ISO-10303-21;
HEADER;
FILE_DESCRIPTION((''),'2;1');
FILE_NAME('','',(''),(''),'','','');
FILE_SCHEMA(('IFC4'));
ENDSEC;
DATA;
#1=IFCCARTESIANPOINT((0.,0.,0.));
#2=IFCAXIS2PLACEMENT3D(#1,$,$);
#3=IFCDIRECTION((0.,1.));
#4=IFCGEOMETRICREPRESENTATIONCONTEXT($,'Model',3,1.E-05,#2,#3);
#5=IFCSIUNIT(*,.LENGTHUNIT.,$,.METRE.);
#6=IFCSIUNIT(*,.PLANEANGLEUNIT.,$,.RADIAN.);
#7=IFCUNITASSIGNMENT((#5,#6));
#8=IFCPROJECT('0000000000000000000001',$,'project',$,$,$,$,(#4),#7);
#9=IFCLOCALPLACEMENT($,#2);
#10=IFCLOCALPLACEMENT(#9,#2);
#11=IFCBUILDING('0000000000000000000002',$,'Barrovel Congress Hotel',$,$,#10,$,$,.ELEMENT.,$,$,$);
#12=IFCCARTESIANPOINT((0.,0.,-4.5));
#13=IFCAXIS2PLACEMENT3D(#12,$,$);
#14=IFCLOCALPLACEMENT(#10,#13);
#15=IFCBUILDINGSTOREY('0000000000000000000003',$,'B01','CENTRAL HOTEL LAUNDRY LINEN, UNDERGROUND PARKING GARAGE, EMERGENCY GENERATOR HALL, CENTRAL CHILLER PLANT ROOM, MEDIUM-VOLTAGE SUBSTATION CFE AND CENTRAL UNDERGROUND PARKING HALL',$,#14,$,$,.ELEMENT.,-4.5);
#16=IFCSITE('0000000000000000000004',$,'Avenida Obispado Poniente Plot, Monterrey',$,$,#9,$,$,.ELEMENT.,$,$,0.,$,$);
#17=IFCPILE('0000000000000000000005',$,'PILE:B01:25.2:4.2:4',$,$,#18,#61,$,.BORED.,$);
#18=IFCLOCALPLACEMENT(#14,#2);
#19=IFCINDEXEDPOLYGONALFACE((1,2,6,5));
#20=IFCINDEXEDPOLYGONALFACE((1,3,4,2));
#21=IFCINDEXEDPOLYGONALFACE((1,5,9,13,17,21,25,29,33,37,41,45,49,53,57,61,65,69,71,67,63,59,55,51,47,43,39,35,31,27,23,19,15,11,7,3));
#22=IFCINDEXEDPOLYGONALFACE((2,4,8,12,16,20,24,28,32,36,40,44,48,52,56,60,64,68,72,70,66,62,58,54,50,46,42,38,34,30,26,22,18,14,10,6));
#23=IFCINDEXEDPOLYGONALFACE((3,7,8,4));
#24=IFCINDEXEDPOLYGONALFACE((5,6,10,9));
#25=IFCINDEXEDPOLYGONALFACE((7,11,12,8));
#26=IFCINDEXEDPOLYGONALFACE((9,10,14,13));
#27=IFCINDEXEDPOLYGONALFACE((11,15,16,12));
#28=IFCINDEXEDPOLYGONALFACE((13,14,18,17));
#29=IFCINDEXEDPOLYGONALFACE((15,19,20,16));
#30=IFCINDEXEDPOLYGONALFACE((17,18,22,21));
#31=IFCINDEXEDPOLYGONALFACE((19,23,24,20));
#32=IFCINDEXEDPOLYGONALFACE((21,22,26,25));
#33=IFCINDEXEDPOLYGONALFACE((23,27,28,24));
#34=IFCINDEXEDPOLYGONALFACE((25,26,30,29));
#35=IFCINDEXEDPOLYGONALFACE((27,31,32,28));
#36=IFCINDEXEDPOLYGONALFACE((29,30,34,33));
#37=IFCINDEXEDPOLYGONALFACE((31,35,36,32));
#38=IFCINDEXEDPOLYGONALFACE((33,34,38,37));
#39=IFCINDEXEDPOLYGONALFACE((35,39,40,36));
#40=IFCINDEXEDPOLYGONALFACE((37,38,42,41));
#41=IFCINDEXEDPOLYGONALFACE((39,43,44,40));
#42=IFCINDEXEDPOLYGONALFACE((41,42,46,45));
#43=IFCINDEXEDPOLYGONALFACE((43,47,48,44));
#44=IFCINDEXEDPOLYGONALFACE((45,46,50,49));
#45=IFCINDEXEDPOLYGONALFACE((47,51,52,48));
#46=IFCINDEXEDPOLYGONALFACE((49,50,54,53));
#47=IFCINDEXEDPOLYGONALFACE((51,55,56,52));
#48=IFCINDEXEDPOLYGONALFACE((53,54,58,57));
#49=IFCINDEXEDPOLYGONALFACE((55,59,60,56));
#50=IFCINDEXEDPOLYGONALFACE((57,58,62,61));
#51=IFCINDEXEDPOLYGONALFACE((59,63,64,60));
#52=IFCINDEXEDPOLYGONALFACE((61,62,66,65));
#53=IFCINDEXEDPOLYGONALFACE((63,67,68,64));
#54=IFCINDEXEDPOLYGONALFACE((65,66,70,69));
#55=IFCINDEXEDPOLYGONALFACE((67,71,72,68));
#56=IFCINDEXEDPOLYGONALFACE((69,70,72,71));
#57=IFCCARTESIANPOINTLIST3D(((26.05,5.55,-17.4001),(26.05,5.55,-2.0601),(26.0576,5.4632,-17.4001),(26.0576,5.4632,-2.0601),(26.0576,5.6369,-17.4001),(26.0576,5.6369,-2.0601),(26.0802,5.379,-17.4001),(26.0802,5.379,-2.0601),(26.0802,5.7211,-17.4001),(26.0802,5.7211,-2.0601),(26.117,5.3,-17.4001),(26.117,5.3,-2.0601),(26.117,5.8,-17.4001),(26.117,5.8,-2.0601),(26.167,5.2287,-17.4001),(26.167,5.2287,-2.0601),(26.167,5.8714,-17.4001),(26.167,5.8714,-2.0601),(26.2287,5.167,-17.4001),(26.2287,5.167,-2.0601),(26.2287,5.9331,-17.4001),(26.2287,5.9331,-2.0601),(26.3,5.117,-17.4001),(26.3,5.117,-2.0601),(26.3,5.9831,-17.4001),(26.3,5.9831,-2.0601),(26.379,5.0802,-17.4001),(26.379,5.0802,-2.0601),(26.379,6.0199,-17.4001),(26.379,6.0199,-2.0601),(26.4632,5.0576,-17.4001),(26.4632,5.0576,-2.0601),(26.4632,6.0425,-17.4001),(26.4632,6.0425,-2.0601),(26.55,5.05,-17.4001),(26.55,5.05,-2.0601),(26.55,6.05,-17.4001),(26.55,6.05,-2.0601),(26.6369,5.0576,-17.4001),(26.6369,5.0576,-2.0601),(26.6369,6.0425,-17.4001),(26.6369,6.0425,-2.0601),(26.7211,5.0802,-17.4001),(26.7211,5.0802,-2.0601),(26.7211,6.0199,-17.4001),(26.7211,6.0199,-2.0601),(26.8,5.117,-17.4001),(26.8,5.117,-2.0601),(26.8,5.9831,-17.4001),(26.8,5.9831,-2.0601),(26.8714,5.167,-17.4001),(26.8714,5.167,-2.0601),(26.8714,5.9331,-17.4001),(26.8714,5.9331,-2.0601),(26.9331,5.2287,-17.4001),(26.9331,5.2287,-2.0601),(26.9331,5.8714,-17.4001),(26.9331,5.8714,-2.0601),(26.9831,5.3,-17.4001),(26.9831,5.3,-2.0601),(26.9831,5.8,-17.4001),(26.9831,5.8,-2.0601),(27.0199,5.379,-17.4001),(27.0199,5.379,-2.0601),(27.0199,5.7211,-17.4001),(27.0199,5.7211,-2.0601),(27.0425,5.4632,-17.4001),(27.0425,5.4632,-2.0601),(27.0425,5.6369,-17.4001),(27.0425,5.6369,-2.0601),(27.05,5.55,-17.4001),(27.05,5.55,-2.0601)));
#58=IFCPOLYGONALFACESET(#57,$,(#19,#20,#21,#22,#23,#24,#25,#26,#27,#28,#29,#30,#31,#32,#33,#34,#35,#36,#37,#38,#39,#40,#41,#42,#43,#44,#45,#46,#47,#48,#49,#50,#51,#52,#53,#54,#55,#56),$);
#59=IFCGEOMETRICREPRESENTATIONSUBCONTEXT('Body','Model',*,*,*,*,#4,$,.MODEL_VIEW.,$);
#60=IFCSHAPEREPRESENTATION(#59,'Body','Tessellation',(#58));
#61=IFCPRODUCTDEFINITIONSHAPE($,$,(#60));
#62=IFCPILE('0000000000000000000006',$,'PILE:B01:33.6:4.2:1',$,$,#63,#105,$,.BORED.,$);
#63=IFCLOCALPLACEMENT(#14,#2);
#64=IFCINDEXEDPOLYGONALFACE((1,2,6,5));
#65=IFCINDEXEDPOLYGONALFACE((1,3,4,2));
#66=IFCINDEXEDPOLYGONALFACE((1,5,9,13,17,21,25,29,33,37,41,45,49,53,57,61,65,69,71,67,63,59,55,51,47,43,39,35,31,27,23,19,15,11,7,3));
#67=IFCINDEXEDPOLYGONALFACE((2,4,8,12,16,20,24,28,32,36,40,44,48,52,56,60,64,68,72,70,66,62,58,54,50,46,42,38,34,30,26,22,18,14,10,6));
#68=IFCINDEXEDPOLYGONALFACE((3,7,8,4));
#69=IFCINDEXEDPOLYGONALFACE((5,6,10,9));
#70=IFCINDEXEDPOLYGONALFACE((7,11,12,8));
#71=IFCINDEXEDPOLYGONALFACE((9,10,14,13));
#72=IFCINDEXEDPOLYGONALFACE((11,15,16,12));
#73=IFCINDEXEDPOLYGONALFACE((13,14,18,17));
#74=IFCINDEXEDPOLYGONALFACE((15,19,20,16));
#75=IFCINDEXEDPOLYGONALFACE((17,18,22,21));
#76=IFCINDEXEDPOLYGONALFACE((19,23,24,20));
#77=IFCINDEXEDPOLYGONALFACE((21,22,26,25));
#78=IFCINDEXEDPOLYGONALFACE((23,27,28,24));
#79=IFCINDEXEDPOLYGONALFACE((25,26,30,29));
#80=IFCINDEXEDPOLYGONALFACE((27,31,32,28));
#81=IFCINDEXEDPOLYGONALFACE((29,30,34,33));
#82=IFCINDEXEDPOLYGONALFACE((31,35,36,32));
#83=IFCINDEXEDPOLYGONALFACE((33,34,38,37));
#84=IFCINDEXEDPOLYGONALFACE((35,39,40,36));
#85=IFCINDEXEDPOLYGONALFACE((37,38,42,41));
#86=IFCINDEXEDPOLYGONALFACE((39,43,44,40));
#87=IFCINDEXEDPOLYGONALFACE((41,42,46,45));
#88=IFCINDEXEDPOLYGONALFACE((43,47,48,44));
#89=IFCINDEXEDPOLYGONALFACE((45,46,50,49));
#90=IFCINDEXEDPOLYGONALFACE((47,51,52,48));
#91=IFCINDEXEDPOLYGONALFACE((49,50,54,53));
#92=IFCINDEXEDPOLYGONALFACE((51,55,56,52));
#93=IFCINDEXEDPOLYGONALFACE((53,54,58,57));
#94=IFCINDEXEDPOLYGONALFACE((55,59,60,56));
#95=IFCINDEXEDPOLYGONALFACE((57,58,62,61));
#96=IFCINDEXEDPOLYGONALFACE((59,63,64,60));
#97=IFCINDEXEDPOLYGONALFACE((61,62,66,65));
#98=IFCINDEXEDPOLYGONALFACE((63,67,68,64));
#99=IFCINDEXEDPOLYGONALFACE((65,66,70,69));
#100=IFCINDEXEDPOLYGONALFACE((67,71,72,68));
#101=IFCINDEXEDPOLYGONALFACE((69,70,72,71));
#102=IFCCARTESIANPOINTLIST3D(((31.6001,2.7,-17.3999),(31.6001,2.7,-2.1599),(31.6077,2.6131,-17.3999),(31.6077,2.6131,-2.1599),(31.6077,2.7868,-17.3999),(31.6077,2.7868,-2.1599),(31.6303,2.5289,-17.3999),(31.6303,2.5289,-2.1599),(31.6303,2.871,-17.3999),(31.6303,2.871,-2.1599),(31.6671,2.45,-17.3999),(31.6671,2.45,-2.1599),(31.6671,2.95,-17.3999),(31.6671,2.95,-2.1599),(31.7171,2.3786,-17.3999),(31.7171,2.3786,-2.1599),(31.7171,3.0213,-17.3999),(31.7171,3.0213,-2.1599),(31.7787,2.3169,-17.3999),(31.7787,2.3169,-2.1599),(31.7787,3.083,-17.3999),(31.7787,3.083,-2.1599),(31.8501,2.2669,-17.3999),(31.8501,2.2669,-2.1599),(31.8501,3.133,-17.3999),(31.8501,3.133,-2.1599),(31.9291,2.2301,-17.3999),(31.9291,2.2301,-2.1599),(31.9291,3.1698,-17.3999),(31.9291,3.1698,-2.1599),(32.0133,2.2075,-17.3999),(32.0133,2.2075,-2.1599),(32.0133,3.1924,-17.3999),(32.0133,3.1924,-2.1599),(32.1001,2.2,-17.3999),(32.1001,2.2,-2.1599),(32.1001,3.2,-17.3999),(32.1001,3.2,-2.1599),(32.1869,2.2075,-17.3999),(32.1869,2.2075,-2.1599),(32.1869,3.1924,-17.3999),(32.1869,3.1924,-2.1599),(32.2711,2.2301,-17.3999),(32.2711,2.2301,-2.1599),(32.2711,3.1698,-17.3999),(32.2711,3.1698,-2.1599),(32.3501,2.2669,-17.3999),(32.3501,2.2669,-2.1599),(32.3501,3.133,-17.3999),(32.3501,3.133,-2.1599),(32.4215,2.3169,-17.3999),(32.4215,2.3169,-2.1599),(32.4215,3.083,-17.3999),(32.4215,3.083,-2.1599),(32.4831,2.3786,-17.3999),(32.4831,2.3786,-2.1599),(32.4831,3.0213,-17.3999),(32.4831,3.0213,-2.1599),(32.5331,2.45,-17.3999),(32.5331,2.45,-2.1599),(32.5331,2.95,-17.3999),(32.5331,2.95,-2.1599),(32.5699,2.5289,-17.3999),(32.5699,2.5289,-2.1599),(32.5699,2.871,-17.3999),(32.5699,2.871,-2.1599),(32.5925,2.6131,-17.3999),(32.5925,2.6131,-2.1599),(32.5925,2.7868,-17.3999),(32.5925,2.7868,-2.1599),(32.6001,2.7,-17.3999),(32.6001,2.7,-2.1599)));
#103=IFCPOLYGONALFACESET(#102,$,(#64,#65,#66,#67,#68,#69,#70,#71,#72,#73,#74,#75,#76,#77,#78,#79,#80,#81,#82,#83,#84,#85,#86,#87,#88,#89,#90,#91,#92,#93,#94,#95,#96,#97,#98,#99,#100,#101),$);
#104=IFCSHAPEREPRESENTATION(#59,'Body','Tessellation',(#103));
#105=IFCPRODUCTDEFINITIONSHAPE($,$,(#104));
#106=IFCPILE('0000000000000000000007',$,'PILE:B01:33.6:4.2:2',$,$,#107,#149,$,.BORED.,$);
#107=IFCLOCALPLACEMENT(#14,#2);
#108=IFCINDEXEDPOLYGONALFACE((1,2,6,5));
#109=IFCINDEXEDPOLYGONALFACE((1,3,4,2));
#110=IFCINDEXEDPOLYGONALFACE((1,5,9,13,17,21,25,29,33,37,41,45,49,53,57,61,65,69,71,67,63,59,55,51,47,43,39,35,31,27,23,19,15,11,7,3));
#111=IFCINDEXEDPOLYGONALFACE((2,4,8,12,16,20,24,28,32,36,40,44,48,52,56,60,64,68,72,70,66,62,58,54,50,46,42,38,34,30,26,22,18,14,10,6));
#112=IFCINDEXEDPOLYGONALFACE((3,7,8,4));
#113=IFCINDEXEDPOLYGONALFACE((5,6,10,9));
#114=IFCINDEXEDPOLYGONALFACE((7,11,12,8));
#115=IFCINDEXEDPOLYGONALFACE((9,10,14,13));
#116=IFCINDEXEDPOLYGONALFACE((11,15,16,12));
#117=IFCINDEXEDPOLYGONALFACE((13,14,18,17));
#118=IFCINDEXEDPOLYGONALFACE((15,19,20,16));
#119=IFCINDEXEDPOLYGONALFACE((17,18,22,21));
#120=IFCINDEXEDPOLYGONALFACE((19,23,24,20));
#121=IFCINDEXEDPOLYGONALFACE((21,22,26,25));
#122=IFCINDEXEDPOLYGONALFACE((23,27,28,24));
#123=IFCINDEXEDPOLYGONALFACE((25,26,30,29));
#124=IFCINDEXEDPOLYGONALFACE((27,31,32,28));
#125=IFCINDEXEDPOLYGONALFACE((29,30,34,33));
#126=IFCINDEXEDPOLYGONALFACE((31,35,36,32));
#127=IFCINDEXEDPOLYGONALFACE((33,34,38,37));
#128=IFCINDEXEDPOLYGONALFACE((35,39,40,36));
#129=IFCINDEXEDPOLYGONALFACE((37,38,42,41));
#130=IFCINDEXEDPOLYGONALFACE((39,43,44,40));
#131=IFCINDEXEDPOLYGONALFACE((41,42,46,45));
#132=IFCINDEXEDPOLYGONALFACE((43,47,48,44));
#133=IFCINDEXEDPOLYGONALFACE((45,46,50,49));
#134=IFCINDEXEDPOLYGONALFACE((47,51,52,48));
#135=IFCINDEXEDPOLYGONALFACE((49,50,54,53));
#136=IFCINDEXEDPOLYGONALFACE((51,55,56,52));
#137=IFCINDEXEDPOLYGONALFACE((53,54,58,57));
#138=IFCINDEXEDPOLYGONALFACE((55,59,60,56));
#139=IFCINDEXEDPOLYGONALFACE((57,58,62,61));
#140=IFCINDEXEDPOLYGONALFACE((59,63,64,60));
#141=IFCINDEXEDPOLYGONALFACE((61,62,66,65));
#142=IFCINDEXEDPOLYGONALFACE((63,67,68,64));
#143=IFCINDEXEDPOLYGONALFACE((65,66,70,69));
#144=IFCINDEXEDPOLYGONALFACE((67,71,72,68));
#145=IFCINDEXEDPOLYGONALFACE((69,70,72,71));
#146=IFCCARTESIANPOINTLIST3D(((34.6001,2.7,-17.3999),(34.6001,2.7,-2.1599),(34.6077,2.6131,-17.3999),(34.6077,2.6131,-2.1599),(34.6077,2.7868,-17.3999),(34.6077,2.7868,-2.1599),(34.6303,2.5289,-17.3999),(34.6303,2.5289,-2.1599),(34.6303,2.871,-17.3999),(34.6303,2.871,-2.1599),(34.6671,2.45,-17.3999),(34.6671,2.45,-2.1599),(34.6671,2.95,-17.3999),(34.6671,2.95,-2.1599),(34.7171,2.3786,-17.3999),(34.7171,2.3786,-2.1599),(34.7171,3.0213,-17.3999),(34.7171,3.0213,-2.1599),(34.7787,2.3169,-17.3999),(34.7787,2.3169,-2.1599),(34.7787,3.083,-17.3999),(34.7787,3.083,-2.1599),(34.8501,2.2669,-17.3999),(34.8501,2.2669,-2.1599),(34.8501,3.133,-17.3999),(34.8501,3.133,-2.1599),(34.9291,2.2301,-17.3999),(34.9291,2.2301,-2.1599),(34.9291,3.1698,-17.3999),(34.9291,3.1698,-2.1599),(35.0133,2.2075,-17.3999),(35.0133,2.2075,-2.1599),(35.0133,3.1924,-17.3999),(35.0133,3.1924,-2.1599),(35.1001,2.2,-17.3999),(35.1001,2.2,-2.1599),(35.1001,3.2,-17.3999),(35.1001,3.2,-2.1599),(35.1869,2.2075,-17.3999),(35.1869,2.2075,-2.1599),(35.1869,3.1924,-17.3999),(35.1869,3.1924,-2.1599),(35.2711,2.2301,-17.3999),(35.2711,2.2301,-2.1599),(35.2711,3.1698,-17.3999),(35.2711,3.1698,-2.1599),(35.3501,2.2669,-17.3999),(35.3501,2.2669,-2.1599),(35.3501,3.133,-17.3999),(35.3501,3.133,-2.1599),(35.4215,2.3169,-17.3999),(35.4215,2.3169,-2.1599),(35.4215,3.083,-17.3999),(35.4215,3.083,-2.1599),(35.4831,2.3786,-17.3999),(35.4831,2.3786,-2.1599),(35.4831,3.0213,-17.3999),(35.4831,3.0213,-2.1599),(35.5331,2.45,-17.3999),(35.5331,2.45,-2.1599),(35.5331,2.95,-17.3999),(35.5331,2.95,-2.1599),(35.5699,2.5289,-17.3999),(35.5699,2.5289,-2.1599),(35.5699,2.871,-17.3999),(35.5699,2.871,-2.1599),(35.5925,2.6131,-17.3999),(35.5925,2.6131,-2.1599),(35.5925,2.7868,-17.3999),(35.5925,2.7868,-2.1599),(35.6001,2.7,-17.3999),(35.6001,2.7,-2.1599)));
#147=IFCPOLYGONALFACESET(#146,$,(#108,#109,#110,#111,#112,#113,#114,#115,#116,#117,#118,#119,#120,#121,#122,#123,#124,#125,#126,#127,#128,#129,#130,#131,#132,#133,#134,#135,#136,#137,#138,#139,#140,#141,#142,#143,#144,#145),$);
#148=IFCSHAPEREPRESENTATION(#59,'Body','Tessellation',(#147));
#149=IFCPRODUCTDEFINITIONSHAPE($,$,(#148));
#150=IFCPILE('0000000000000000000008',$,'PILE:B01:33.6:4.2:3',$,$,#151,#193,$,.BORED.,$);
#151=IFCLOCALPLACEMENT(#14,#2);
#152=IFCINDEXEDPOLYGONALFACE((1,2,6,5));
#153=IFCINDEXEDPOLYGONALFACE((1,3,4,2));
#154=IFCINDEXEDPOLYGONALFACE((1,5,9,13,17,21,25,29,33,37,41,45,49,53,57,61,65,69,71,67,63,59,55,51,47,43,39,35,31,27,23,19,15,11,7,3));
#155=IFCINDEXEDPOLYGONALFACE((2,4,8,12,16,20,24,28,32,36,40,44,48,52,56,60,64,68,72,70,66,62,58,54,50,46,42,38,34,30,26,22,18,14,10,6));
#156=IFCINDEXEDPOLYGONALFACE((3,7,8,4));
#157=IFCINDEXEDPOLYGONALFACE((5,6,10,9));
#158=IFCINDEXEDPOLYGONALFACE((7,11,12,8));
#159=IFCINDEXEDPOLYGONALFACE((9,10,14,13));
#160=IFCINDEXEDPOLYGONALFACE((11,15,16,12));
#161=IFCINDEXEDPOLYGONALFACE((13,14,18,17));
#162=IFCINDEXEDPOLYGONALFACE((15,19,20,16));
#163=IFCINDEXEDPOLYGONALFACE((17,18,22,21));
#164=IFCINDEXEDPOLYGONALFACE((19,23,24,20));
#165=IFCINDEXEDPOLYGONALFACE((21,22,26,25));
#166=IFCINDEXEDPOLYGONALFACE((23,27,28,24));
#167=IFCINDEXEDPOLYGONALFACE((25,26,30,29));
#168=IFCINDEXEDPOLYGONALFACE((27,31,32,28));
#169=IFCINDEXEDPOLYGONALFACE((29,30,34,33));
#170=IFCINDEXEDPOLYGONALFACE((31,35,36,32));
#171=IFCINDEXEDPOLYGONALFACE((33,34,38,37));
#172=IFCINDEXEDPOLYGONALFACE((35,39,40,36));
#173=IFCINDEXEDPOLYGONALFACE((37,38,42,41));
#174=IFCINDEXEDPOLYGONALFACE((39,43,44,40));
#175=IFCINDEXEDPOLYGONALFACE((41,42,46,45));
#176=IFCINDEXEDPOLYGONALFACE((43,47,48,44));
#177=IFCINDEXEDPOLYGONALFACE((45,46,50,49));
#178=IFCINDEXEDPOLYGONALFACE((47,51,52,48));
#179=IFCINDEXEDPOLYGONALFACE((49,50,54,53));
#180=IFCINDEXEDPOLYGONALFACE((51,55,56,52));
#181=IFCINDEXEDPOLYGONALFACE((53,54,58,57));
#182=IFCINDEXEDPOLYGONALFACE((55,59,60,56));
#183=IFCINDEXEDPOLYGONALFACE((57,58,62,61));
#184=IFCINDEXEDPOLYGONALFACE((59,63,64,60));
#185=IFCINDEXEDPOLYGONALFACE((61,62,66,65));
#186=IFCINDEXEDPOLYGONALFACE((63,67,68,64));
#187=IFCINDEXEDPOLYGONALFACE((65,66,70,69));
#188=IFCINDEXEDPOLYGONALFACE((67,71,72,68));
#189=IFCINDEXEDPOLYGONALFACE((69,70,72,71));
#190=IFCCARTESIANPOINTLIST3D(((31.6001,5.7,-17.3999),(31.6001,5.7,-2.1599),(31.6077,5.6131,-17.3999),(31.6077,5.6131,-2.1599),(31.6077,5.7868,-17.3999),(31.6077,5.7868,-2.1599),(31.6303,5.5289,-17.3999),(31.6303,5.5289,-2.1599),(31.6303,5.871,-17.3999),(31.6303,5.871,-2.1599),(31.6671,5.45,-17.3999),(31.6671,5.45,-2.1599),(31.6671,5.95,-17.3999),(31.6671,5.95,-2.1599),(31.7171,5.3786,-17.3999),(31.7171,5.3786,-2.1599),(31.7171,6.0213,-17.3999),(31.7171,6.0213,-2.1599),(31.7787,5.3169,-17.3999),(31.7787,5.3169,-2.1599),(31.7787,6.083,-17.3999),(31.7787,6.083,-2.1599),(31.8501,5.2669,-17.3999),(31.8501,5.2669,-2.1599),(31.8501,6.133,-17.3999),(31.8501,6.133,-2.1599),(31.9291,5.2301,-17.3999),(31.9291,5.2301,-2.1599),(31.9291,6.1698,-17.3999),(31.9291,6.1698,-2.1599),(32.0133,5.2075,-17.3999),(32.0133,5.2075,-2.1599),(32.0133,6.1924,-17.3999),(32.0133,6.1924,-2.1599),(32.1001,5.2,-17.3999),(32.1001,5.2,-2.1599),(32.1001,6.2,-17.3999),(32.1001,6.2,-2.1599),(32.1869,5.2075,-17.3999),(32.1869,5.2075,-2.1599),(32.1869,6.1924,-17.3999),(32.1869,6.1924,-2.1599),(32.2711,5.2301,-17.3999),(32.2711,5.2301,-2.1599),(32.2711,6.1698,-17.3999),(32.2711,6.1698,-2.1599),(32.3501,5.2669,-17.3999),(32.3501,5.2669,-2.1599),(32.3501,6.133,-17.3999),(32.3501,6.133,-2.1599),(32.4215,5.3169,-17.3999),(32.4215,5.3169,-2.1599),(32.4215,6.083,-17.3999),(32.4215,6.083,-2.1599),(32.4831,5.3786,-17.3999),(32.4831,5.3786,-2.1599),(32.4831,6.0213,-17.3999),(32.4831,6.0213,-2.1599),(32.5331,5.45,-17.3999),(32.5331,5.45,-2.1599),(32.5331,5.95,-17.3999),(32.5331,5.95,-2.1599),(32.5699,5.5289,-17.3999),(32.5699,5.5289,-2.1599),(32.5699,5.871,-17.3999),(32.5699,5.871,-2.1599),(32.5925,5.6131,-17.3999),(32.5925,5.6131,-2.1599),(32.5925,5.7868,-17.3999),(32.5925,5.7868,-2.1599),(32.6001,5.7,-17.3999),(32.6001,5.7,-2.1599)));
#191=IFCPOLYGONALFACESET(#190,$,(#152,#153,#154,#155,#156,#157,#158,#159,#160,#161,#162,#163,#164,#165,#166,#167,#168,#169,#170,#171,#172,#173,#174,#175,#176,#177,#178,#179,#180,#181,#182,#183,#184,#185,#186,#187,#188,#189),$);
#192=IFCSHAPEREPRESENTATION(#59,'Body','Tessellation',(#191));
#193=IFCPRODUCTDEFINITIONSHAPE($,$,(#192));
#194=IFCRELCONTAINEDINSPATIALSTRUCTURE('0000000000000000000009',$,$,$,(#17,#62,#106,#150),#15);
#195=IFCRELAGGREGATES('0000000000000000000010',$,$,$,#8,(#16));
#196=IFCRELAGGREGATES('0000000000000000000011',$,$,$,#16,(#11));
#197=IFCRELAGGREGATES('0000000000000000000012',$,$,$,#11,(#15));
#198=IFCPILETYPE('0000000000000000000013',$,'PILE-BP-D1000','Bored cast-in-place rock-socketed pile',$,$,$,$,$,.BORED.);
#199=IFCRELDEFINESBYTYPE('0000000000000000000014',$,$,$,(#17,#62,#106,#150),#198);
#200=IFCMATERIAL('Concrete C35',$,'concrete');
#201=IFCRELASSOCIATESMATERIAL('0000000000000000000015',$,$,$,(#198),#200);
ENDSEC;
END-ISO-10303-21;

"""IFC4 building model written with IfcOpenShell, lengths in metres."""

from ifc_helpers import new_model, si_unit, direction, frame, origin, origin_2d, place, context, subcontext, project, spatial, circle, extrude, material, material_profile, profile_set, type_object, element, save


model = new_model("IFC4")

# Units and contexts
model_context = context("Model", 3, precision=1e-05, world=origin(), true_north=direction((0.0, 1.0)))
body_context = subcontext(model_context, "Body", "Model", "MODEL_VIEW")
ifc_project = project(units=[si_unit("LENGTHUNIT", "METRE"), si_unit("PLANEANGLEUNIT", "RADIAN")], contexts=[model_context])

# Site, building, storey
site_placement = place(None, origin())
site = spatial("IfcSite", under=ifc_project, at=site_placement, Name="Avenida Obispado Poniente Plot, Monterrey", CompositionType="ELEMENT", RefElevation=0.0)
building_placement = place(site_placement, origin())
building = spatial("IfcBuilding", under=site, at=building_placement, Name="Barrovel Congress Hotel", CompositionType="ELEMENT")
storey_placement = place(building_placement, frame((0.0, 0.0, -4.5)))
storey = spatial("IfcBuildingStorey", under=building, at=storey_placement, Name="B01", Description="CENTRAL HOTEL LAUNDRY LINEN, UNDERGROUND PARKING GARAGE, EMERGENCY GENERATOR HALL, CENTRAL CHILLER PLANT ROOM, MEDIUM-VOLTAGE SUBSTATION CFE AND CENTRAL UNDERGROUND PARKING HALL", CompositionType="ELEMENT", Elevation=-4.5)

# Piles
ifc_material_1 = material(Name="Concrete C35", Category="concrete")
ifc_material_profile_1 = material_profile(ifc_material_1, circle(Radius=0.5, at=origin_2d()), Name="BP-D1000")
ifc_profile_set_1 = profile_set([ifc_material_profile_1], Name="Concrete C35")
pile_type_1 = type_object("IfcPileType", Name="PILE-BP-D1000", Description="Bored cast-in-place rock-socketed pile", PredefinedType="BORED", material=ifc_profile_set_1)
for number, where, z_axis, x_axis, name in (
    (1, (26.55, 5.55, -2.0601), (0.0, 0.0, -1.0), (1.0, 0.0, 0.0), "PILE:B01:25.2:4.2:4"),
):
    element("IfcPile", number, at=place(storey_placement, frame(where, z_axis=z_axis, x_axis=x_axis)), inside=storey, type_object=pile_type_1, Name=name, PredefinedType="BORED", context=body_context, shape_type="SweptSolid", body=[
        extrude(circle(Radius=0.5, at=origin_2d()), origin(), (0.0, 0.0, 1.0), 15.3401),
    ])
for number, where, z_axis, x_axis, name in (
    (2, (32.1001, 2.7, -2.1599), (0.0, 0.0, -1.0), (1.0, 0.0, 0.0), "PILE:B01:33.6:4.2:1"),
    (3, (35.1001, 2.7, -2.1599), (0.0, 0.0, -1.0), (1.0, 0.0, 0.0), "PILE:B01:33.6:4.2:2"),
    (4, (32.1001, 5.7, -2.1599), (0.0, 0.0, -1.0), (1.0, 0.0, 0.0), "PILE:B01:33.6:4.2:3"),
):
    element("IfcPile", number, at=place(storey_placement, frame(where, z_axis=z_axis, x_axis=x_axis)), inside=storey, type_object=pile_type_1, Name=name, PredefinedType="BORED", context=body_context, shape_type="SweptSolid", body=[
        extrude(circle(Radius=0.5, at=origin_2d()), origin(), (0.0, 0.0, 1.0), 15.24),
    ])

save(model, "model.ifc")
